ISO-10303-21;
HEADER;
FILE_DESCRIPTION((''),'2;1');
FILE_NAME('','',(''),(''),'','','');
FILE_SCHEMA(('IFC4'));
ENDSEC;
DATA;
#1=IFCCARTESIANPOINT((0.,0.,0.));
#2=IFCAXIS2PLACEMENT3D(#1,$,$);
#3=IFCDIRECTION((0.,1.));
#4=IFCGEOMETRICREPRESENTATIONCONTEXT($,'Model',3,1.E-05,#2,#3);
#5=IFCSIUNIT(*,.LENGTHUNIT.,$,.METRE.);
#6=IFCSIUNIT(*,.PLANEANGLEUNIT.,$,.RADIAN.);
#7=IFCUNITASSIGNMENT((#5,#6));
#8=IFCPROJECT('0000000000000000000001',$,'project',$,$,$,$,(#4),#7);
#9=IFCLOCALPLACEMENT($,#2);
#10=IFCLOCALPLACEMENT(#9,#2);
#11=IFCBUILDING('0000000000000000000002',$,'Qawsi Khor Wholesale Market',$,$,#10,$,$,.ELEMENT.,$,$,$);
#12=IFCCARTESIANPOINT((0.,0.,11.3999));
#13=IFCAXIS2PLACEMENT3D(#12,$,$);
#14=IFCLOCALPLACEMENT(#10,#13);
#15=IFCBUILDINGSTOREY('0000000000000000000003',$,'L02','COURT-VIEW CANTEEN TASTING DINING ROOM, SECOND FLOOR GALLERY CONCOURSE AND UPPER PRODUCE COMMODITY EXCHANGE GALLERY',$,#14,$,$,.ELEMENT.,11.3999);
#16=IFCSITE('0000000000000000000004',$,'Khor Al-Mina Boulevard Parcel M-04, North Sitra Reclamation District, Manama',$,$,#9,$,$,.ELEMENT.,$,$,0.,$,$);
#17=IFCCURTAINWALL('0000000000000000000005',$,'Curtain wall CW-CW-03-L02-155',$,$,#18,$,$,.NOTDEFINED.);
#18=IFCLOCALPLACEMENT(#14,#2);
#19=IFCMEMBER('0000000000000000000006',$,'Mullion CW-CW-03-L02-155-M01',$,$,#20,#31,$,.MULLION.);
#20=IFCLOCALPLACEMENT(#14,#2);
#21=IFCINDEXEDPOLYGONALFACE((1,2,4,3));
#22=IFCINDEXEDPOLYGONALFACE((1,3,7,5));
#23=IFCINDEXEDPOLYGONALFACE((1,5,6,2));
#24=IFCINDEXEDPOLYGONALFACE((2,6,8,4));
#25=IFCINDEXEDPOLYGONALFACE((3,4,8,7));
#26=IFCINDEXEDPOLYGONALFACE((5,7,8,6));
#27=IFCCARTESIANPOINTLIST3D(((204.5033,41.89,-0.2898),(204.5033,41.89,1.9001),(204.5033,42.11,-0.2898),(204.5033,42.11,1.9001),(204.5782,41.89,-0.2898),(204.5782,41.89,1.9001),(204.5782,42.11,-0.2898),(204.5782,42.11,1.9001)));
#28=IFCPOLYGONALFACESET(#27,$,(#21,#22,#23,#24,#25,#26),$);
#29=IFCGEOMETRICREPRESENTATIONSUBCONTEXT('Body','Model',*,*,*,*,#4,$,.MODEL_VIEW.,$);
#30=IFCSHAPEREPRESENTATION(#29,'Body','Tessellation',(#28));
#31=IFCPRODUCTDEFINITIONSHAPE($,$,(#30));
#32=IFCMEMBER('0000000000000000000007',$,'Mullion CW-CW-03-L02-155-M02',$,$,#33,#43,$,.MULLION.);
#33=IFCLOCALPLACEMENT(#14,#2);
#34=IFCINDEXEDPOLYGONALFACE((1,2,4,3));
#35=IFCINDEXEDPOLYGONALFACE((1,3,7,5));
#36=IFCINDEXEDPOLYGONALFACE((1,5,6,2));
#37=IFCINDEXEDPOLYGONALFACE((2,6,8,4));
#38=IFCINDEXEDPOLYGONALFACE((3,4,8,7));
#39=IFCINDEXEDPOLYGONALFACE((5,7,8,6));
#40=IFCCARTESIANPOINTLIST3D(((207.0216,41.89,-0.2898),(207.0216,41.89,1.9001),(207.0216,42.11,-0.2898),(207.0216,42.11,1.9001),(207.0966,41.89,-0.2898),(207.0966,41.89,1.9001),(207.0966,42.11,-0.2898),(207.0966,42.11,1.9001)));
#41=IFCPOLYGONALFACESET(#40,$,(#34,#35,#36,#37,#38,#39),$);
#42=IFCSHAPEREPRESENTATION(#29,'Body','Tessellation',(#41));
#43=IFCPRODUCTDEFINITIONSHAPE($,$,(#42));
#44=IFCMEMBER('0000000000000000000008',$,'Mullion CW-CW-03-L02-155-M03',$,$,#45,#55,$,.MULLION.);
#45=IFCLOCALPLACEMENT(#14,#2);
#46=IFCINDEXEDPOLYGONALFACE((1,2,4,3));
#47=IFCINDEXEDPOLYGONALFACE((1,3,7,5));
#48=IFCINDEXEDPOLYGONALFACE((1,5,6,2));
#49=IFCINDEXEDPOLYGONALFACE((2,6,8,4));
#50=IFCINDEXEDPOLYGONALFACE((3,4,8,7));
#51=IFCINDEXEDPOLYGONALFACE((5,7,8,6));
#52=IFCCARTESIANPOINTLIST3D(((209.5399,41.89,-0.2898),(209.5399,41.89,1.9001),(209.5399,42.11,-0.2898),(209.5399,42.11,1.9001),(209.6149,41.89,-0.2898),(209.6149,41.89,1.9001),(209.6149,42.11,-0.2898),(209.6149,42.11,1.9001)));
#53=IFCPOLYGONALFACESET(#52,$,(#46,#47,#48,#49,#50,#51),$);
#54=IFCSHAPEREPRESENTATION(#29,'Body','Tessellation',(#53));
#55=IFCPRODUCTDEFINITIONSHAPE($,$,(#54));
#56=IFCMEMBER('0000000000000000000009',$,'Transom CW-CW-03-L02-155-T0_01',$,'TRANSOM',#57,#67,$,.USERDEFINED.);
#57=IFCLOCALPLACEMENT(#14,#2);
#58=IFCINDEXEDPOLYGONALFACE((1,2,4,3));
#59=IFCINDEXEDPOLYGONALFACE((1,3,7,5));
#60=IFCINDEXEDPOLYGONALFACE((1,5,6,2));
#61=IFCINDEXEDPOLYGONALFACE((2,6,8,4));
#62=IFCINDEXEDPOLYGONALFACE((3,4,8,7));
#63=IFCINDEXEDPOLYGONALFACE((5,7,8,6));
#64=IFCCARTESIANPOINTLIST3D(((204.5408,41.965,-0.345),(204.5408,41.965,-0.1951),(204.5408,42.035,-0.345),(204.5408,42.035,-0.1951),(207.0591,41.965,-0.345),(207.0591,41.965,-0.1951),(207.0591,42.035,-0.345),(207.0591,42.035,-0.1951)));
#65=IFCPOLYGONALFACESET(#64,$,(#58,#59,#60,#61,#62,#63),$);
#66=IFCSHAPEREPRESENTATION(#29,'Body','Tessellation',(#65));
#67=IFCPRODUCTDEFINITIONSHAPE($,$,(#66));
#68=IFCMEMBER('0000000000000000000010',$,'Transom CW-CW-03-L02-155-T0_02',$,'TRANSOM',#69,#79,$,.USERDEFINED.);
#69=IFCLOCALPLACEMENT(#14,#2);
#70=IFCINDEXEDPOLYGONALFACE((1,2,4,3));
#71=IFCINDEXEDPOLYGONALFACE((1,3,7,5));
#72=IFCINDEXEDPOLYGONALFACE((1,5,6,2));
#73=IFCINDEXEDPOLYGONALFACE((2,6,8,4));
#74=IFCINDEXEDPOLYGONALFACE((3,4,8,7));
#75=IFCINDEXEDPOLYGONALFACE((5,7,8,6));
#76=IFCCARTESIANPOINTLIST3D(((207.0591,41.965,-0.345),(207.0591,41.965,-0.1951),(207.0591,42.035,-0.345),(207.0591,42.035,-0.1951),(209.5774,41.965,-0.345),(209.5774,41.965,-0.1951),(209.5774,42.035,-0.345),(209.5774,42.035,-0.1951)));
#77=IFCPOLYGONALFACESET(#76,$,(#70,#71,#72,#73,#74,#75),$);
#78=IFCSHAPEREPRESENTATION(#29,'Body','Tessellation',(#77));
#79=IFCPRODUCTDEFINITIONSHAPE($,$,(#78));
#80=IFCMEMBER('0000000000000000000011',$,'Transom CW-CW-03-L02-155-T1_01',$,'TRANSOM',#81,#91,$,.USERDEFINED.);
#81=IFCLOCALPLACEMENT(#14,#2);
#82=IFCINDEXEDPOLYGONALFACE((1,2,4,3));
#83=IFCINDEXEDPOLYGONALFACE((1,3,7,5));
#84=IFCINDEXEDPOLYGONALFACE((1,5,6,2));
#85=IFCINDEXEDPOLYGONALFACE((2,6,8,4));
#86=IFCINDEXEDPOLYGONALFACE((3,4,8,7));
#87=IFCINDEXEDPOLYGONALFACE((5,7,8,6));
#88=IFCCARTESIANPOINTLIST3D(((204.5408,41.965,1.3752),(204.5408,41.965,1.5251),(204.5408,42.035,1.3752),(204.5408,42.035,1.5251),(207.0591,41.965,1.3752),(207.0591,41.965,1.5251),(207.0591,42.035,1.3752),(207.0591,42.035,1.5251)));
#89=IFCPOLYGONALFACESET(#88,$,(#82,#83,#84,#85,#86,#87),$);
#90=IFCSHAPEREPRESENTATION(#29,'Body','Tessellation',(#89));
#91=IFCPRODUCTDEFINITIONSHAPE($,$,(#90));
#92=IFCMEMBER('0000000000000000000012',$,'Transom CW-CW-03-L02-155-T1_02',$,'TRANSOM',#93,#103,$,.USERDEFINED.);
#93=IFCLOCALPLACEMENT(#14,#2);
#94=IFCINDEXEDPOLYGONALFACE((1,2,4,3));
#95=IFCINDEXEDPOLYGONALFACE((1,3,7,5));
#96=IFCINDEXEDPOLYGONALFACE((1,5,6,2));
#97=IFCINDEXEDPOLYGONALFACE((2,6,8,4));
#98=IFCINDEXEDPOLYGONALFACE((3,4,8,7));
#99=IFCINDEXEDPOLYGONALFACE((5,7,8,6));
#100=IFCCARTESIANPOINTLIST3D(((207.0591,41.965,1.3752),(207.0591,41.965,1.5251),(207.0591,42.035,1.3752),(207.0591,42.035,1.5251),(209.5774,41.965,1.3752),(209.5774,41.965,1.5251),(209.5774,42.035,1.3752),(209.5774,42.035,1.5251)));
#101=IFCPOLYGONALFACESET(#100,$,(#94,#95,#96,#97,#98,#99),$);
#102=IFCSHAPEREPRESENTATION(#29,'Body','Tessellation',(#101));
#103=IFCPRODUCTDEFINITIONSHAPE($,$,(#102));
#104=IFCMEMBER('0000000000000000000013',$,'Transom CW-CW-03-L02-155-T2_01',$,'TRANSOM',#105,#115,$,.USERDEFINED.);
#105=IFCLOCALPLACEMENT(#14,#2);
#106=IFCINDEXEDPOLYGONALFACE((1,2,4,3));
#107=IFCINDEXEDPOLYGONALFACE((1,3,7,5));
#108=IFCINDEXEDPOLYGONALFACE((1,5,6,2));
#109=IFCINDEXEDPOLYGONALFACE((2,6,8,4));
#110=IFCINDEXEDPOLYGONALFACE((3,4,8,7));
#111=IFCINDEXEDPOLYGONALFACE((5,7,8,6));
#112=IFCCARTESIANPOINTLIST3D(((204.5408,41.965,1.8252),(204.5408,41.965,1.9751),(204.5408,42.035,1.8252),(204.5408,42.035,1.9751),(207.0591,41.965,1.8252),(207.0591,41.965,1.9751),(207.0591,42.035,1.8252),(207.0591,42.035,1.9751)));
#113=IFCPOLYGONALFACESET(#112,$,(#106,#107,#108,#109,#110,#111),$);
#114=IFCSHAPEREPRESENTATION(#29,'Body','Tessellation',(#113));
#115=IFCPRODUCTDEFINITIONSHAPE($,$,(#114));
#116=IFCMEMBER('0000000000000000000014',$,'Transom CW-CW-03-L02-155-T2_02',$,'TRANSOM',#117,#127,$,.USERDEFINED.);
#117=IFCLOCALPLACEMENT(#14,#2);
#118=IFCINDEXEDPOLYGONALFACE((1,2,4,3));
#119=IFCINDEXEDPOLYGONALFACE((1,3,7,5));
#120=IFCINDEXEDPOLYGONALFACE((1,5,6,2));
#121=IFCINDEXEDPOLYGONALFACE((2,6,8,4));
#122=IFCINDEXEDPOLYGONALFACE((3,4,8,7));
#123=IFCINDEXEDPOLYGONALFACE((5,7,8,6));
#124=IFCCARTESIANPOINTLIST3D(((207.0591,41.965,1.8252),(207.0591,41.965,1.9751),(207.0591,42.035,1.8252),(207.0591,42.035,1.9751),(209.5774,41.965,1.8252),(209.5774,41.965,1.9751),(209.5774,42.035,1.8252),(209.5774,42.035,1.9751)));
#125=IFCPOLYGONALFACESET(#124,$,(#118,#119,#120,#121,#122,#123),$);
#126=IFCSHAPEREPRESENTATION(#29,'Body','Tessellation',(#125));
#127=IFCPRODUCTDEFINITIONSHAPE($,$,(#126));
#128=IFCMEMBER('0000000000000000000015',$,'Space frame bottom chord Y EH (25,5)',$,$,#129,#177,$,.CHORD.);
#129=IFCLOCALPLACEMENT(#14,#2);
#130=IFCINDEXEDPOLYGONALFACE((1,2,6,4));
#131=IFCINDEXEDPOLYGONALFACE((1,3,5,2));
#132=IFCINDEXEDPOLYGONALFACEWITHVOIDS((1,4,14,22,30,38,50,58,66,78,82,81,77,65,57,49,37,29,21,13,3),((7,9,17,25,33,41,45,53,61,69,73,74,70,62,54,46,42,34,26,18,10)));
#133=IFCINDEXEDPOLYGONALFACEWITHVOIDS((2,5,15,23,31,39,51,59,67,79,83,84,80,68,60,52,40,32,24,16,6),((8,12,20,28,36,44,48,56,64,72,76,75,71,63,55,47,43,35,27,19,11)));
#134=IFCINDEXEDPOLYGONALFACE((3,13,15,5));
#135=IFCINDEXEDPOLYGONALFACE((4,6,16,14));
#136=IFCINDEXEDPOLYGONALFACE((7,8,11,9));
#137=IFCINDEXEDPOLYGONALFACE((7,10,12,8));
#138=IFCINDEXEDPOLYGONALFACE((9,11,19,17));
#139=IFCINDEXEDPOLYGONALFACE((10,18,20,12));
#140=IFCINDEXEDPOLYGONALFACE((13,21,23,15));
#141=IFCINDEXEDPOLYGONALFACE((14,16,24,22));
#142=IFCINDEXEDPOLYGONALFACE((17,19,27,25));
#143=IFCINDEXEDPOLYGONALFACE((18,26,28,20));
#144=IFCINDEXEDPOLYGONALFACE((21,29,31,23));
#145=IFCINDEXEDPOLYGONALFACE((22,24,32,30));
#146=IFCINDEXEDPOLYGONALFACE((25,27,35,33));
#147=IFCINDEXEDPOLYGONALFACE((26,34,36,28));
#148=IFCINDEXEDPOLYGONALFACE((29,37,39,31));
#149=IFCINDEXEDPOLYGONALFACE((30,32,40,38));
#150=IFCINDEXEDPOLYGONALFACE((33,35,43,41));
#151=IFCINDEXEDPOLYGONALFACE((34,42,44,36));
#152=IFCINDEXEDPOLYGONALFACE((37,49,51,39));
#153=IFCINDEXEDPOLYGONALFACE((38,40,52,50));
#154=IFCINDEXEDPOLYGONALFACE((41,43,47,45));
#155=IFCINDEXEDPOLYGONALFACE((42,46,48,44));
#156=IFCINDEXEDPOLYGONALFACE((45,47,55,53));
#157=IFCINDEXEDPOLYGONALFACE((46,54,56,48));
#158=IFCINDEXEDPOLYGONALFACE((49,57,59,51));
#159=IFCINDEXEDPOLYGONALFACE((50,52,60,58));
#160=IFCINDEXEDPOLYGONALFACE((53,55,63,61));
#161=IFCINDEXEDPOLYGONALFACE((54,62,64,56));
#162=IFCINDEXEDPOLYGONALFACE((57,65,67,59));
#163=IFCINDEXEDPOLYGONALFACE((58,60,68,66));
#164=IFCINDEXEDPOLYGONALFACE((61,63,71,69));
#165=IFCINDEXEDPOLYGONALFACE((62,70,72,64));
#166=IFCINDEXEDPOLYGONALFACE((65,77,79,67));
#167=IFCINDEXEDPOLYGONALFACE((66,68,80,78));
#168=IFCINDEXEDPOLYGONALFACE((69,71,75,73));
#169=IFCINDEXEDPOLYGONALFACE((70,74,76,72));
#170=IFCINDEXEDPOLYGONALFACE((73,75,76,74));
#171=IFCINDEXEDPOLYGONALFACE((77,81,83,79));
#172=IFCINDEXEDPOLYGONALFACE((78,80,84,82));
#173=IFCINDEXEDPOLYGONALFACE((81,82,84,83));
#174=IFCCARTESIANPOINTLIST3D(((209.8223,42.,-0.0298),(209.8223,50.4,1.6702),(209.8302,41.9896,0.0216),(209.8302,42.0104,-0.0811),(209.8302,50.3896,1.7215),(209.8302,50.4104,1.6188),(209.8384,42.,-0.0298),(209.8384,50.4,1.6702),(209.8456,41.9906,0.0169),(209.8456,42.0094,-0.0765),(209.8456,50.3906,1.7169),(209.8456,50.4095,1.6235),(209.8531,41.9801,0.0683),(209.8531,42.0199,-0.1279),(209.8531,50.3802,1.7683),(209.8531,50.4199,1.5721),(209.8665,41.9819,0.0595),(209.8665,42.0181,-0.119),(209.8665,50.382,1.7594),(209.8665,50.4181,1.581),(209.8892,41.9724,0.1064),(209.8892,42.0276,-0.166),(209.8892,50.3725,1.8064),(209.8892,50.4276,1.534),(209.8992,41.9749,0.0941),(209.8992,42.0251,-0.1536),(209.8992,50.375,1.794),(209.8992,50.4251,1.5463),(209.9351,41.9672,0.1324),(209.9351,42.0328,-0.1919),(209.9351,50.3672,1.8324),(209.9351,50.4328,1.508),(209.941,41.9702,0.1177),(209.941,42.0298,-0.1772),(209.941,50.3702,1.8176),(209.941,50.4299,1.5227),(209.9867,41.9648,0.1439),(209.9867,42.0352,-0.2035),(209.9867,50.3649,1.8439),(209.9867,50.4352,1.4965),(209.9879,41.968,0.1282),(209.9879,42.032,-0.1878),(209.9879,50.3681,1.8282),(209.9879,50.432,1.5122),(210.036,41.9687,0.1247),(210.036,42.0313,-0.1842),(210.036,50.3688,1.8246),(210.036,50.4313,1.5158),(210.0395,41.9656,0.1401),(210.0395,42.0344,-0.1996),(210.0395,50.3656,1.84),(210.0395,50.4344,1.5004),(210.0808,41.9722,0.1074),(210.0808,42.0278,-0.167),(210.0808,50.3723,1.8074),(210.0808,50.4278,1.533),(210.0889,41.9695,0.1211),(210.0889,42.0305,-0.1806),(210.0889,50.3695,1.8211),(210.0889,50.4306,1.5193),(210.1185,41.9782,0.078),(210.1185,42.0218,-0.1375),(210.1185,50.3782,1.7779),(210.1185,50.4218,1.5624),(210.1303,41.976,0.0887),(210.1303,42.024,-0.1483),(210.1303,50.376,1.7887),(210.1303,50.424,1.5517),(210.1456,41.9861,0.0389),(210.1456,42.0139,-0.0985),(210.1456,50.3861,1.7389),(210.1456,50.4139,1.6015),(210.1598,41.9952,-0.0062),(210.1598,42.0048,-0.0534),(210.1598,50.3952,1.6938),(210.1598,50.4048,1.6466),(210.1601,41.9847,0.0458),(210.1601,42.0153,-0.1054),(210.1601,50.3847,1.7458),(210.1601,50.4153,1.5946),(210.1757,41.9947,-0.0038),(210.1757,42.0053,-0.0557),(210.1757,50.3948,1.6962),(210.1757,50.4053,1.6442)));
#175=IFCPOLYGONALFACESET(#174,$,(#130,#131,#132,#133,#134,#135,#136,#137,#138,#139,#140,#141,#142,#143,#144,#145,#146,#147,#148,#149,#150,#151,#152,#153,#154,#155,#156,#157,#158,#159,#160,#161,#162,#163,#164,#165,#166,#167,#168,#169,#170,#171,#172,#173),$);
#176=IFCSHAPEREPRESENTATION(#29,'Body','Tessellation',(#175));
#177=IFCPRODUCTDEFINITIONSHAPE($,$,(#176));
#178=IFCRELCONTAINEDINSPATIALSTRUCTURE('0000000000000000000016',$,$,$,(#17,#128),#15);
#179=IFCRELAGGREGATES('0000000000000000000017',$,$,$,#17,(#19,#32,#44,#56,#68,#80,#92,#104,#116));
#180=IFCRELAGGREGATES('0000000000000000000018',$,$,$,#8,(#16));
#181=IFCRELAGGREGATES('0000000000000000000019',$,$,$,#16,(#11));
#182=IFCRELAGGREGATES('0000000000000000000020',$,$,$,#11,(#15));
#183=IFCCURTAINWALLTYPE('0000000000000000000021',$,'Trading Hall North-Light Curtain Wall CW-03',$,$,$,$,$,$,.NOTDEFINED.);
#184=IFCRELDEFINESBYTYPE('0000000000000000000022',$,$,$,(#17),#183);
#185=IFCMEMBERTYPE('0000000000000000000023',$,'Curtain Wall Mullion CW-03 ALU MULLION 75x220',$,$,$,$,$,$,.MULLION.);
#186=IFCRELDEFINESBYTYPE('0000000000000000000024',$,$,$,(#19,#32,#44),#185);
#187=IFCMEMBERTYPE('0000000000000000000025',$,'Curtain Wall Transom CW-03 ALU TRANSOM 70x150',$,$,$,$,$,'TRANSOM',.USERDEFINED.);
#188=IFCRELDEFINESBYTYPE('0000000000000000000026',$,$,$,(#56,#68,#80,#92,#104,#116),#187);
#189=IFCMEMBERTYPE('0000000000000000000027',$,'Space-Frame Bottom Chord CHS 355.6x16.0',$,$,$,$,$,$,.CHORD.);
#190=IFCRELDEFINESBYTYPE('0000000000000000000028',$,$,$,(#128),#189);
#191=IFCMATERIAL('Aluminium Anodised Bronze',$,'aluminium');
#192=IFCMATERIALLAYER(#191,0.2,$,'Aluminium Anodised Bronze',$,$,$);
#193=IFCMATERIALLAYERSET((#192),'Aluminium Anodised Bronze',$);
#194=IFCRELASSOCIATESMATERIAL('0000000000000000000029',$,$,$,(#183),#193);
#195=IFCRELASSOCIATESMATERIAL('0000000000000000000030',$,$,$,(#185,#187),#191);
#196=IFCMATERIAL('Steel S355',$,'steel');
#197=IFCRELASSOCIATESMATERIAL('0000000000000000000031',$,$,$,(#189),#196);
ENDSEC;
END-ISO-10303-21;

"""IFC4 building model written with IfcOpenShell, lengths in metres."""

from ifc_helpers import new_model, si_unit, direction, frame, origin, origin_2d, place, context, subcontext, project, spatial, rectangle, hollow_circle, extrude, material, layer, layer_set, material_profile, profile_set, type_object, element, aggregate, save


model = new_model("IFC4")

# Units and contexts
model_context = context("Model", 3, precision=1e-05, world=origin(), true_north=direction((0.0, 1.0)))
body_context = subcontext(model_context, "Body", "Model", "MODEL_VIEW")
ifc_project = project(units=[si_unit("LENGTHUNIT", "METRE"), si_unit("PLANEANGLEUNIT", "RADIAN")], contexts=[model_context])

# Site, building, storey
site_placement = place(None, origin())
site = spatial("IfcSite", under=ifc_project, at=site_placement, Name="Khor Al-Mina Boulevard Parcel M-04, North Sitra Reclamation District, Manama", CompositionType="ELEMENT", RefElevation=0.0)
building_placement = place(site_placement, origin())
building = spatial("IfcBuilding", under=site, at=building_placement, Name="Qawsi Khor Wholesale Market", CompositionType="ELEMENT")
storey_placement = place(building_placement, frame((0.0, 0.0, 11.3999)))
storey = spatial("IfcBuildingStorey", under=building, at=storey_placement, Name="L02", Description="COURT-VIEW CANTEEN TASTING DINING ROOM, SECOND FLOOR GALLERY CONCOURSE AND UPPER PRODUCE COMMODITY EXCHANGE GALLERY", CompositionType="ELEMENT", Elevation=11.3999)

# Curtain wall, members
ifc_material_1 = material(Name="Aluminium Anodised Bronze", Category="aluminium")
ifc_layer_1 = layer(ifc_material_1, 0.2, Name="Aluminium Anodised Bronze")
ifc_layer_set_1 = layer_set([ifc_layer_1], Name="Aluminium Anodised Bronze")
curtain_wall_type = type_object("IfcCurtainWallType", Name="Trading Hall North-Light Curtain Wall CW-03", PredefinedType="NOTDEFINED", material=ifc_layer_set_1)
curtain_wall_placement = place(storey_placement, origin())
curtain_wall = element("IfcCurtainWall", 1, at=curtain_wall_placement, inside=storey, type_object=curtain_wall_type, Name="Curtain wall CW-CW-03-L02-155", PredefinedType="NOTDEFINED")
ifc_material_profile_1 = material_profile(ifc_material_1, rectangle(XDim=0.075, YDim=0.22, at=origin_2d()), Name="ALU MULLION 75x220")
ifc_profile_set_1 = profile_set([ifc_material_profile_1], Name="Aluminium Anodised Bronze")
member_type_1 = type_object("IfcMemberType", Name="Curtain Wall Mullion CW-03 ALU MULLION 75x220", PredefinedType="MULLION", material=ifc_profile_set_1)
member_1_placement = place(storey_placement, frame((204.5408, 42.0, -0.2898), z_axis=(0.0, 0.0, 1.0), x_axis=(1.0, 0.0, 0.0)))
member_1 = element("IfcMember", 2, at=member_1_placement, type_object=member_type_1, Name="Mullion CW-CW-03-L02-155-M01", PredefinedType="MULLION", context=body_context, shape_type="SweptSolid", body=[
    extrude(rectangle(XDim=0.075, YDim=0.22, at=origin_2d()), origin(), (0.0, 0.0, 1.0), 2.1899),
])
member_2_placement = place(storey_placement, frame((207.0591, 42.0, -0.2898), z_axis=(0.0, 0.0, 1.0), x_axis=(1.0, 0.0, 0.0)))
member_2 = element("IfcMember", 3, at=member_2_placement, type_object=member_type_1, Name="Mullion CW-CW-03-L02-155-M02", PredefinedType="MULLION", context=body_context, shape_type="SweptSolid", body=[
    extrude(rectangle(XDim=0.075, YDim=0.22, at=origin_2d()), origin(), (0.0, 0.0, 1.0), 2.1899),
])
member_3_placement = place(storey_placement, frame((209.5774, 42.0, -0.2898), z_axis=(0.0, 0.0, 1.0), x_axis=(1.0, 0.0, 0.0)))
member_3 = element("IfcMember", 4, at=member_3_placement, type_object=member_type_1, Name="Mullion CW-CW-03-L02-155-M03", PredefinedType="MULLION", context=body_context, shape_type="SweptSolid", body=[
    extrude(rectangle(XDim=0.075, YDim=0.22, at=origin_2d()), origin(), (0.0, 0.0, 1.0), 2.1899),
])
ifc_material_profile_2 = material_profile(ifc_material_1, rectangle(XDim=0.0701, YDim=0.1499, at=origin_2d()), Name="ALU TRANSOM 70x150")
ifc_profile_set_2 = profile_set([ifc_material_profile_2], Name="Aluminium Anodised Bronze")
member_type_2 = type_object("IfcMemberType", Name="Curtain Wall Transom CW-03 ALU TRANSOM 70x150", ElementType="TRANSOM", PredefinedType="USERDEFINED", material=ifc_profile_set_2)
member_4_placement = place(storey_placement, frame((204.5408, 42.0, -0.27), z_axis=(1.0, 0.0, 0.0), x_axis=(0.0, 1.0, 0.0)))
member_4 = element("IfcMember", 5, at=member_4_placement, type_object=member_type_2, Name="Transom CW-CW-03-L02-155-T0_01", ObjectType="TRANSOM", PredefinedType="USERDEFINED", context=body_context, shape_type="SweptSolid", body=[
    extrude(rectangle(XDim=0.0701, YDim=0.1499, at=origin_2d()), origin(), (0.0, 0.0, 1.0), 2.5183),
])
member_5_placement = place(storey_placement, frame((207.0591, 42.0, -0.27), z_axis=(1.0, 0.0, 0.0), x_axis=(0.0, 1.0, 0.0)))
member_5 = element("IfcMember", 6, at=member_5_placement, type_object=member_type_2, Name="Transom CW-CW-03-L02-155-T0_02", ObjectType="TRANSOM", PredefinedType="USERDEFINED", context=body_context, shape_type="SweptSolid", body=[
    extrude(rectangle(XDim=0.0701, YDim=0.1499, at=origin_2d()), origin(), (0.0, 0.0, 1.0), 2.5183),
])
member_6_placement = place(storey_placement, frame((204.5408, 42.0, 1.4502), z_axis=(1.0, 0.0, 0.0), x_axis=(0.0, 1.0, 0.0)))
member_6 = element("IfcMember", 7, at=member_6_placement, type_object=member_type_2, Name="Transom CW-CW-03-L02-155-T1_01", ObjectType="TRANSOM", PredefinedType="USERDEFINED", context=body_context, shape_type="SweptSolid", body=[
    extrude(rectangle(XDim=0.0701, YDim=0.1499, at=origin_2d()), origin(), (0.0, 0.0, 1.0), 2.5183),
])
member_7_placement = place(storey_placement, frame((207.0591, 42.0, 1.4502), z_axis=(1.0, 0.0, 0.0), x_axis=(0.0, 1.0, 0.0)))
member_7 = element("IfcMember", 8, at=member_7_placement, type_object=member_type_2, Name="Transom CW-CW-03-L02-155-T1_02", ObjectType="TRANSOM", PredefinedType="USERDEFINED", context=body_context, shape_type="SweptSolid", body=[
    extrude(rectangle(XDim=0.0701, YDim=0.1499, at=origin_2d()), origin(), (0.0, 0.0, 1.0), 2.5183),
])
member_8_placement = place(storey_placement, frame((204.5408, 42.0, 1.9001), z_axis=(1.0, 0.0, 0.0), x_axis=(0.0, 1.0, 0.0)))
member_8 = element("IfcMember", 9, at=member_8_placement, type_object=member_type_2, Name="Transom CW-CW-03-L02-155-T2_01", ObjectType="TRANSOM", PredefinedType="USERDEFINED", context=body_context, shape_type="SweptSolid", body=[
    extrude(rectangle(XDim=0.0701, YDim=0.1499, at=origin_2d()), origin(), (0.0, 0.0, 1.0), 2.5183),
])
member_9_placement = place(storey_placement, frame((207.0591, 42.0, 1.9001), z_axis=(1.0, 0.0, 0.0), x_axis=(0.0, 1.0, 0.0)))
member_9 = element("IfcMember", 10, at=member_9_placement, type_object=member_type_2, Name="Transom CW-CW-03-L02-155-T2_02", ObjectType="TRANSOM", PredefinedType="USERDEFINED", context=body_context, shape_type="SweptSolid", body=[
    extrude(rectangle(XDim=0.0701, YDim=0.1499, at=origin_2d()), origin(), (0.0, 0.0, 1.0), 2.5183),
])

# Member
ifc_material_2 = material(Name="Steel S355", Category="steel")
ifc_material_profile_3 = material_profile(ifc_material_2, hollow_circle(Radius=0.1777, WallThickness=0.0161, at=origin_2d()), Name="CHS 355.6x16.0")
ifc_profile_set_3 = profile_set([ifc_material_profile_3], Name="Steel S355")
member_type_3 = type_object("IfcMemberType", Name="Space-Frame Bottom Chord CHS 355.6x16.0", PredefinedType="CHORD", material=ifc_profile_set_3)
member_10_placement = place(storey_placement, frame((210.0, 42.0, -0.0298), z_axis=(0.0, 0.98013, 0.198356), x_axis=(-1.0, 0.0, 0.0)))
element("IfcMember", 11, at=member_10_placement, inside=storey, type_object=member_type_3, Name="Space frame bottom chord Y EH (25,5)", PredefinedType="CHORD", context=body_context, shape_type="SweptSolid", body=[
    extrude(hollow_circle(Radius=0.1777, WallThickness=0.0161, at=origin_2d()), origin(), (0.0, 0.0, 1.0), 8.5703),
])

aggregate(curtain_wall, [member_1, member_2, member_3, member_4, member_5, member_6, member_7, member_8, member_9])

save(model, "model.ifc")
